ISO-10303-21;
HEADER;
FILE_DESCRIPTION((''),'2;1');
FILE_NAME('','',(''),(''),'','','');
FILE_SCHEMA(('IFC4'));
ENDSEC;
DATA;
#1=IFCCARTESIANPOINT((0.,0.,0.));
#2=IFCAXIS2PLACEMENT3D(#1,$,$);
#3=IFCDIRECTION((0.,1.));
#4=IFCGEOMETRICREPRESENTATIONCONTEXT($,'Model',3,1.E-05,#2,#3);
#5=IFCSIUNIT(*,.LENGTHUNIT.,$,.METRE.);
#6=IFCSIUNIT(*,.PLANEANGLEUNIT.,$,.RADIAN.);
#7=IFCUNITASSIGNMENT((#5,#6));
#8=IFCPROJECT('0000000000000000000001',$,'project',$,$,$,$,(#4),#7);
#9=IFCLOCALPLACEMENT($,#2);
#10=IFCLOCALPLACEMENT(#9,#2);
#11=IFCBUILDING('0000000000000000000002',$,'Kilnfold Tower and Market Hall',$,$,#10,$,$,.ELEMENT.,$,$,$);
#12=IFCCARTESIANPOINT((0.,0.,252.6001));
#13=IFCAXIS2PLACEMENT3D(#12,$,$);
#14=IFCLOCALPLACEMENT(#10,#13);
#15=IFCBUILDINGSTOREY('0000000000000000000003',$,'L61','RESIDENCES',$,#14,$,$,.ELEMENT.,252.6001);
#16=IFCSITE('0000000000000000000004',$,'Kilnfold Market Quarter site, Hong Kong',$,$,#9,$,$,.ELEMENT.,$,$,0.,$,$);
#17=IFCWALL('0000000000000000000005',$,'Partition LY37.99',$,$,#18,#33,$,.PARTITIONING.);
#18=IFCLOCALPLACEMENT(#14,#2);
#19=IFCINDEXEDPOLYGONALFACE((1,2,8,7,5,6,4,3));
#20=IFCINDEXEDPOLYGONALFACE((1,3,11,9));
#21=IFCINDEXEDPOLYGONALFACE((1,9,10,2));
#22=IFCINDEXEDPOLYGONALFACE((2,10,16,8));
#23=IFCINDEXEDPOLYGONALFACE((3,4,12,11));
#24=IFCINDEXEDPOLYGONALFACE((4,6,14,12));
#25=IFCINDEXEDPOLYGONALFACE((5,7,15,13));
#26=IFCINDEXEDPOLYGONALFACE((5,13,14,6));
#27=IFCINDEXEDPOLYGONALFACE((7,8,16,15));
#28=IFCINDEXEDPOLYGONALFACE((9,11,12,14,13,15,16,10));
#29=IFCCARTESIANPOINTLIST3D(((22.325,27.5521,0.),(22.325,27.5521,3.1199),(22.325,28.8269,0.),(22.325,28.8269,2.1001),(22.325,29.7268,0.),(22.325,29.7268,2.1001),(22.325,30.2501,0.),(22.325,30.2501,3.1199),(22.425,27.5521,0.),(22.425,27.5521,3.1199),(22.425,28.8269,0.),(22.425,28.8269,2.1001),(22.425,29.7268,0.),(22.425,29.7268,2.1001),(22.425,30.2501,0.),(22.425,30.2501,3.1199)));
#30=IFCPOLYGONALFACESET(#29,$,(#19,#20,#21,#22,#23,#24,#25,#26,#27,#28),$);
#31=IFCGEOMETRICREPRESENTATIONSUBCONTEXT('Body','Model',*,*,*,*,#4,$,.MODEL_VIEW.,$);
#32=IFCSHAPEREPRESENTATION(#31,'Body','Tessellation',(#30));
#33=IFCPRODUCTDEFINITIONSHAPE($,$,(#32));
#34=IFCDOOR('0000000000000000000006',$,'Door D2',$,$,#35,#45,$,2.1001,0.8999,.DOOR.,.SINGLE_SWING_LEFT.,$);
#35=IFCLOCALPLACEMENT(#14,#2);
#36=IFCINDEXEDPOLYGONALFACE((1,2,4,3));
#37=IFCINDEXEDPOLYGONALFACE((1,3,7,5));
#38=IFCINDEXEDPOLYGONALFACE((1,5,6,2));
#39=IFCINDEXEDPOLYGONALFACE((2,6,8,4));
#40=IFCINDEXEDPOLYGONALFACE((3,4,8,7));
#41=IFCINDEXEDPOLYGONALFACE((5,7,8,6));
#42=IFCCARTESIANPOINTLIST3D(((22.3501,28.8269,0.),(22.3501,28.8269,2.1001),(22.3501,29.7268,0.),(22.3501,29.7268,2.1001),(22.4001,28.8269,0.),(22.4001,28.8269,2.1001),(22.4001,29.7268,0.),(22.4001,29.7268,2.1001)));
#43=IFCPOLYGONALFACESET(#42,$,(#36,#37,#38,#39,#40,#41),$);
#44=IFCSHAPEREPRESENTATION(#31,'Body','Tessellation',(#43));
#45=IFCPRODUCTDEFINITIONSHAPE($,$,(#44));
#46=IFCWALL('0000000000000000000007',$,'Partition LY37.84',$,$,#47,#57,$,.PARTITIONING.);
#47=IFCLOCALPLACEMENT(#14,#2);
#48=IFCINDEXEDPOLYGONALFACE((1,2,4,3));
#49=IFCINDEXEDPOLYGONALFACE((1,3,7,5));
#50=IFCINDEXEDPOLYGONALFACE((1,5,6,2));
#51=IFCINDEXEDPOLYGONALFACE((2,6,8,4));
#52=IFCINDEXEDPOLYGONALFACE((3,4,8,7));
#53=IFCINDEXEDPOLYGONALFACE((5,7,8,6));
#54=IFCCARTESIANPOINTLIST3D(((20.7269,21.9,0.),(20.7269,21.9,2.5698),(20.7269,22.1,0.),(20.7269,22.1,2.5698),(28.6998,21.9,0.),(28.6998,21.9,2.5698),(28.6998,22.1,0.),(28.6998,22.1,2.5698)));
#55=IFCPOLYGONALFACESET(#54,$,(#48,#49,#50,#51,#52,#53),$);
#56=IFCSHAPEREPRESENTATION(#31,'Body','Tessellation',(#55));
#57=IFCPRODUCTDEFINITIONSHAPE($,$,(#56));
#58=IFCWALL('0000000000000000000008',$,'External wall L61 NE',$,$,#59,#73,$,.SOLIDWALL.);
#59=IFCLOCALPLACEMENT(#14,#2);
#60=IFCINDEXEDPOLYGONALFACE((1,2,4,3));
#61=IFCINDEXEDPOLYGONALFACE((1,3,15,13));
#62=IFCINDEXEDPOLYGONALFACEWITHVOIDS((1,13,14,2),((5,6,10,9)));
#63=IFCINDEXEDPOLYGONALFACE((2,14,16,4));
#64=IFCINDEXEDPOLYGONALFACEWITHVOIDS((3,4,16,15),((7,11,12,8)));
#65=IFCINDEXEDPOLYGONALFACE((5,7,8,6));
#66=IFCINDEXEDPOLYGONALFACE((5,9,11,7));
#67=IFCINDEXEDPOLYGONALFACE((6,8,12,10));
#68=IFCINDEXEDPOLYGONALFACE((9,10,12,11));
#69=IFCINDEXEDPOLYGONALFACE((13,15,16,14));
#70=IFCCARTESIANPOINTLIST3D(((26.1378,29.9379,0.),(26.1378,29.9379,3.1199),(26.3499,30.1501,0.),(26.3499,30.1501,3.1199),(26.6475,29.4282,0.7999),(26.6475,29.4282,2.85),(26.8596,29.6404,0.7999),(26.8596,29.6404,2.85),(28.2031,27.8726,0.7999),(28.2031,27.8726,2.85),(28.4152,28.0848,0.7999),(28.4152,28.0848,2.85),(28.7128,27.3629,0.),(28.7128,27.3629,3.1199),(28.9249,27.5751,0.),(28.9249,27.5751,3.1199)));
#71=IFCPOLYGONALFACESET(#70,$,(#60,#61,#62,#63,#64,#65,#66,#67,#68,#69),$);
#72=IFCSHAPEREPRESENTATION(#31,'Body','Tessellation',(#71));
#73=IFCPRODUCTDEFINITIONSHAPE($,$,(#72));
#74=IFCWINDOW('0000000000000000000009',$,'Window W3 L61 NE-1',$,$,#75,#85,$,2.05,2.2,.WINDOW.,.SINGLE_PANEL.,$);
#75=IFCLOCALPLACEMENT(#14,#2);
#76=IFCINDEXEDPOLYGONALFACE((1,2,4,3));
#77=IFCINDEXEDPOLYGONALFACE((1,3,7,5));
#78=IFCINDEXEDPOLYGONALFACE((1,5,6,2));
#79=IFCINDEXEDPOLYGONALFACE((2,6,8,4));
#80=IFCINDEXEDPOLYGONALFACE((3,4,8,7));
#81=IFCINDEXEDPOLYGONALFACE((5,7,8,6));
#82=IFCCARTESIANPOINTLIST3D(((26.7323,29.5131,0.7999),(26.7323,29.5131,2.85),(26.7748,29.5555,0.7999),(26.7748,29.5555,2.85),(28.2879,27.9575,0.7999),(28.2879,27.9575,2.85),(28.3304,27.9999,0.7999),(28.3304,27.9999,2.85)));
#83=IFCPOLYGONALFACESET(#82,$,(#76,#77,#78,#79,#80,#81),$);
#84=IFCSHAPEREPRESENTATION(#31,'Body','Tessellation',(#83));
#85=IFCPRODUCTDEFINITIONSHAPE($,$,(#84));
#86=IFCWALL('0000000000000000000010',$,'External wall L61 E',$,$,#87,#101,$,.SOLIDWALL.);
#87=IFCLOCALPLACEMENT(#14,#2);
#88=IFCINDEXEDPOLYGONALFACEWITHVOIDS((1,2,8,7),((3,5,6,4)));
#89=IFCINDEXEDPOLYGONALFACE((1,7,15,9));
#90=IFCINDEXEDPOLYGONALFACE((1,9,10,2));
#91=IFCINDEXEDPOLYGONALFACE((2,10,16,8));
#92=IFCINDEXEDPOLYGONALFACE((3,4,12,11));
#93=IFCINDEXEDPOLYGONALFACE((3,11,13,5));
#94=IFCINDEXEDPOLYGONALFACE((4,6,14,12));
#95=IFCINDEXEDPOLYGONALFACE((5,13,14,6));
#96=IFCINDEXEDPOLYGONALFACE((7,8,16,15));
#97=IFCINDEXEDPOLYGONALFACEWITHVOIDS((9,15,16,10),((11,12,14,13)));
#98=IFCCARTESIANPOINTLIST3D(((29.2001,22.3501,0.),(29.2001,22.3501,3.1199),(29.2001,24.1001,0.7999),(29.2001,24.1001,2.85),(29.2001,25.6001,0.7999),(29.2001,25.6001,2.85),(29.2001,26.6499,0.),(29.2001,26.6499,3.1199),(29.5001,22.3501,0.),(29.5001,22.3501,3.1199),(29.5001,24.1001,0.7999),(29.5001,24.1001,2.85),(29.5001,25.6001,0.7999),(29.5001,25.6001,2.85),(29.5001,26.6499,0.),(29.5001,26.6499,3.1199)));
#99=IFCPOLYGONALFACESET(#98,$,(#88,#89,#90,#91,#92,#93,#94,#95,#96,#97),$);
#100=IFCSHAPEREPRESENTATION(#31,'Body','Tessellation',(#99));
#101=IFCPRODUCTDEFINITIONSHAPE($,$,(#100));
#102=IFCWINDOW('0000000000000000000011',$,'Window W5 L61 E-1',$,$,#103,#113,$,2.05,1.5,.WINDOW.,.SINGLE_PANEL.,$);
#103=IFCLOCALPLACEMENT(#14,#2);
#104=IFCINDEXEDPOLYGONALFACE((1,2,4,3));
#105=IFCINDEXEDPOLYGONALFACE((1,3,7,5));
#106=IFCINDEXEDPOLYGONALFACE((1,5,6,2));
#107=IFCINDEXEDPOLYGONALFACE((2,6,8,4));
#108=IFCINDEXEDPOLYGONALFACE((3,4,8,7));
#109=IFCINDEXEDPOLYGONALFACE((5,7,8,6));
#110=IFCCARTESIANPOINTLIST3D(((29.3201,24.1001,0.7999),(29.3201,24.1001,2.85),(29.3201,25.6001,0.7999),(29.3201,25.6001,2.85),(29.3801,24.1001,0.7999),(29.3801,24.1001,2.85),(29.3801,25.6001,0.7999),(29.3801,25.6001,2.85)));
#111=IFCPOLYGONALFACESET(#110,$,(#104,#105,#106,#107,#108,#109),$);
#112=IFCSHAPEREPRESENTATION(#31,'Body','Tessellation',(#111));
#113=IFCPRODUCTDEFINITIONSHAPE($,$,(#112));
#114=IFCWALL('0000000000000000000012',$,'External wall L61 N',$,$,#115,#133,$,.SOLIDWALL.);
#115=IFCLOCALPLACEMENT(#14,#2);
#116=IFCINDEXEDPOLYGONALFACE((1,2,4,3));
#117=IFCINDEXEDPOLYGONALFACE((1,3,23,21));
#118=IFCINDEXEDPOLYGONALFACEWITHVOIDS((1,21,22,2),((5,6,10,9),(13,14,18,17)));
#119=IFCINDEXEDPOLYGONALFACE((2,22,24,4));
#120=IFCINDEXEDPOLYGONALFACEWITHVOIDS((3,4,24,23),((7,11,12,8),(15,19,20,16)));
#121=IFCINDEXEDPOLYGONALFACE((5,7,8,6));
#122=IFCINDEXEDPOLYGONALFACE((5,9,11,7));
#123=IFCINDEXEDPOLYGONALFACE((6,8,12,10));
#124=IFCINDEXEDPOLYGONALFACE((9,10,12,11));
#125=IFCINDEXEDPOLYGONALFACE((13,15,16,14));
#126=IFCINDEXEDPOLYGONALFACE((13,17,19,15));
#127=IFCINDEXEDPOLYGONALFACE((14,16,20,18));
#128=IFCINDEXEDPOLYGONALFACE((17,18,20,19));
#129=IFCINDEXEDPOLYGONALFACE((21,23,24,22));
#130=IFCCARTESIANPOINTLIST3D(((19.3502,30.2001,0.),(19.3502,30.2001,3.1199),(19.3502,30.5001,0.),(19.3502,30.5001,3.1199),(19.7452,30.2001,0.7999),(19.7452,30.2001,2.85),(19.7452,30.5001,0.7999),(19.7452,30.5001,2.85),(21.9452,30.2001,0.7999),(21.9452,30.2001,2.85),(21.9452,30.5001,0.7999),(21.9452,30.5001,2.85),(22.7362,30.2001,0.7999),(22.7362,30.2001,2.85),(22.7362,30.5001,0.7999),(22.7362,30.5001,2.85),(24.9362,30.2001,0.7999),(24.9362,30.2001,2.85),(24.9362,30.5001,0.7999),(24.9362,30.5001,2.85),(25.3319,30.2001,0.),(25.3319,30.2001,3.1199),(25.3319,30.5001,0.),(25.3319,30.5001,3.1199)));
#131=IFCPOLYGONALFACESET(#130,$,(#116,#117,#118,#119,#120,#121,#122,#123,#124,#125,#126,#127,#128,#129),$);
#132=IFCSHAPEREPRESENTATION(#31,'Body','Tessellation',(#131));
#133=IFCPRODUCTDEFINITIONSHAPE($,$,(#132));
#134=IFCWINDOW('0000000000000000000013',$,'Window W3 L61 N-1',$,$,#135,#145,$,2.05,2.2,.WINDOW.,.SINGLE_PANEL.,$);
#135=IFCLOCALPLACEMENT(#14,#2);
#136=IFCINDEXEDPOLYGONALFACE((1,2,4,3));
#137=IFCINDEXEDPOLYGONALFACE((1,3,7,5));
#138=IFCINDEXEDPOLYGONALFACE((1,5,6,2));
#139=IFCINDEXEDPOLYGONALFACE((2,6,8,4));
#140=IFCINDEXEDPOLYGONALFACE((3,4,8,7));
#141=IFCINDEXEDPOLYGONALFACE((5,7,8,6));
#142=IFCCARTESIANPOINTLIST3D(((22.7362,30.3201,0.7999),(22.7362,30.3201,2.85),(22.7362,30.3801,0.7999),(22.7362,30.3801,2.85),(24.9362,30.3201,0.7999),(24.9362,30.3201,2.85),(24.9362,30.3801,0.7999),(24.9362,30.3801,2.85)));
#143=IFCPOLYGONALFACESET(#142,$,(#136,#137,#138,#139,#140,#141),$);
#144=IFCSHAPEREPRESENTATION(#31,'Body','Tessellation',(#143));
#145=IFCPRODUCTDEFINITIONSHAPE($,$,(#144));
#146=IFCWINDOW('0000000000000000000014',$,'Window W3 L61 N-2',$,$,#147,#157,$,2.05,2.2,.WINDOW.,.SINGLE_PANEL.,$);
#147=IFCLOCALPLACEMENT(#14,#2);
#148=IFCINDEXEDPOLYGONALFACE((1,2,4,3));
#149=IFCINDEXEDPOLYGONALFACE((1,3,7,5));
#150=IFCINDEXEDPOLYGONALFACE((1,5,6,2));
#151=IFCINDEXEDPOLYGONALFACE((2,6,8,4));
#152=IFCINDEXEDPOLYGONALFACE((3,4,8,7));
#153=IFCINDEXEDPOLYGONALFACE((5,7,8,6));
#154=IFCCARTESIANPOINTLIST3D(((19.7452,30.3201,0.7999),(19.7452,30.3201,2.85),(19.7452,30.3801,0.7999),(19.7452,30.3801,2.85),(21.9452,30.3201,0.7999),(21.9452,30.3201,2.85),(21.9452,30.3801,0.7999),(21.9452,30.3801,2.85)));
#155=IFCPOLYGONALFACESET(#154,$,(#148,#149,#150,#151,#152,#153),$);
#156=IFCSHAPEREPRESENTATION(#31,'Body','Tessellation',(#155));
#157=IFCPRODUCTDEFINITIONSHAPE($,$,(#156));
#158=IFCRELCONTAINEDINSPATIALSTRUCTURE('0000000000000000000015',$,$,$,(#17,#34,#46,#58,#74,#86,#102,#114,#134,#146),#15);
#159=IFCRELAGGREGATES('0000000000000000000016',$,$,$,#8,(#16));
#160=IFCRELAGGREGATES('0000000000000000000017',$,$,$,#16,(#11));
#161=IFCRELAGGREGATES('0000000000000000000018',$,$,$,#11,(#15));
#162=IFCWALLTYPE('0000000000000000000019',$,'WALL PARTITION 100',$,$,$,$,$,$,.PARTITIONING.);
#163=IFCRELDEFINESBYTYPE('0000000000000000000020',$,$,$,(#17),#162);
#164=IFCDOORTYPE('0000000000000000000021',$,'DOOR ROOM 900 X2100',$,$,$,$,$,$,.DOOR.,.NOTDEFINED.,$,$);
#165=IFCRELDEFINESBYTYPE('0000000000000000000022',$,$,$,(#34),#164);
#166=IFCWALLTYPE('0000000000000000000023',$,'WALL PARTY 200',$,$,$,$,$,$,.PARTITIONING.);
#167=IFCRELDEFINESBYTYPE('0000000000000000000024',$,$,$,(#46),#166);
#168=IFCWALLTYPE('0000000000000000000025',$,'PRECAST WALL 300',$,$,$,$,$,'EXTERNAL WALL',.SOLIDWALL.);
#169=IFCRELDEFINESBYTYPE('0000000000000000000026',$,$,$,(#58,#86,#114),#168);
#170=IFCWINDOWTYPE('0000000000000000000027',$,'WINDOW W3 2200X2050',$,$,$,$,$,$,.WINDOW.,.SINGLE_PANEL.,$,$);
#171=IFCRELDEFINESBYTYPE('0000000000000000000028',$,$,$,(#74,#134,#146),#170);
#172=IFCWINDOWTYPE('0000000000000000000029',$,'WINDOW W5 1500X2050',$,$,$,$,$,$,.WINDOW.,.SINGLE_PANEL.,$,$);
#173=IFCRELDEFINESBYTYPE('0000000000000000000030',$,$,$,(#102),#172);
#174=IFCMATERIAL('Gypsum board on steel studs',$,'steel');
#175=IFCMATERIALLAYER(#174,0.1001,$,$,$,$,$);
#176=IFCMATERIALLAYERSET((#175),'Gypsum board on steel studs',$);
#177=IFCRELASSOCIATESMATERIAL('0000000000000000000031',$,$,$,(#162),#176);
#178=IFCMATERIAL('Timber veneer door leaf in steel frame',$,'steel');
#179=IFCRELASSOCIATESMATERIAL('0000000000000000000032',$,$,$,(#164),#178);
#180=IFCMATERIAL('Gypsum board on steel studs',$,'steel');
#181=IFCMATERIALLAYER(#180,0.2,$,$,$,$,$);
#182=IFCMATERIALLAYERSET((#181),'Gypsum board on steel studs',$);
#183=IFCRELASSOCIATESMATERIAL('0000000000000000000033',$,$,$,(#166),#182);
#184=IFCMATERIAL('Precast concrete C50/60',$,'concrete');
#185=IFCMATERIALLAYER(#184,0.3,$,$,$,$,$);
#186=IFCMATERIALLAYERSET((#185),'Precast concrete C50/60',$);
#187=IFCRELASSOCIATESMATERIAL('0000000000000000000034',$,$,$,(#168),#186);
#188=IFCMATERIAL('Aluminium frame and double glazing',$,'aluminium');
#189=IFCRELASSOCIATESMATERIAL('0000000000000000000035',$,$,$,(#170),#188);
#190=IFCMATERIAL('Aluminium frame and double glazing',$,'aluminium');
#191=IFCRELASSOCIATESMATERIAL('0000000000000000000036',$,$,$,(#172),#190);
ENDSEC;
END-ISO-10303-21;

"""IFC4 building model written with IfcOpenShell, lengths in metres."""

from ifc_helpers import new_model, si_unit, direction, frame, frame_2d, origin, place, context, subcontext, project, spatial, rectangle, extrude, source, transform, mapped, material, layer, layer_set, type_object, element, fill, save


model = new_model("IFC4")

# Units and contexts
model_context = context("Model", 3, precision=1e-05, world=origin(), true_north=direction((0.0, 1.0)))
body_context = subcontext(model_context, "Body", "Model", "MODEL_VIEW")
ifc_project = project(units=[si_unit("LENGTHUNIT", "METRE"), si_unit("PLANEANGLEUNIT", "RADIAN")], contexts=[model_context])

# Site, building, storey
site_placement = place(None, origin())
site = spatial("IfcSite", under=ifc_project, at=site_placement, Name="Kilnfold Market Quarter site, Hong Kong", CompositionType="ELEMENT", RefElevation=0.0)
building_placement = place(site_placement, origin())
building = spatial("IfcBuilding", under=site, at=building_placement, Name="Kilnfold Tower and Market Hall", CompositionType="ELEMENT")
storey_placement = place(building_placement, frame((0.0, 0.0, 252.6001)))
storey = spatial("IfcBuildingStorey", under=building, at=storey_placement, Name="L61", Description="RESIDENCES", CompositionType="ELEMENT", Elevation=252.6001)

# Shared definitions
ifc_material_1 = material(Name="Gypsum board on steel studs", Category="steel")
ifc_layer_1 = layer(ifc_material_1, 0.1001)
ifc_layer_set_1 = layer_set([ifc_layer_1], Name="Gypsum board on steel studs")
wall_type_1 = type_object("IfcWallType", Name="WALL PARTITION 100", PredefinedType="PARTITIONING", material=ifc_layer_set_1)

# Wall, opening, door
wall_1_placement = place(storey_placement, frame((22.375, 27.552, 0.0), z_axis=(0.0, 0.0, 1.0), x_axis=(0.0, 1.0, 0.0)))
wall_1 = element("IfcWall", 1, at=wall_1_placement, inside=storey, type_object=wall_type_1, Name="Partition LY37.99", PredefinedType="PARTITIONING", context=body_context, shape_type="SweptSolid", body=[
    extrude(rectangle(XDim=2.698, YDim=0.1001, at=frame_2d((1.3491, 0.0))), origin(), (0.0, 0.0, 1.0), 3.1199),
])
opening_1_placement = place(wall_1_placement, frame((1.2749, 0.0, 0.0)))
opening_1 = element("IfcOpeningElement", 2, at=opening_1_placement, cuts=wall_1, PredefinedType="OPENING", context=body_context, shape_type="SweptSolid", body=[
    extrude(rectangle(XDim=0.8999, YDim=2.1001, at=frame_2d((0.45, 1.05))), frame((0.0, 0.0601, 0.0), z_axis=(0.0, -1.0, 0.0), x_axis=(1.0, 0.0, 0.0)), (0.0, 0.0, 1.0), 0.1201),
])
ifc_material_2 = material(Name="Timber veneer door leaf in steel frame", Category="steel")
door_type = type_object("IfcDoorType", Name="DOOR ROOM 900 X2100", OperationType="NOTDEFINED", PredefinedType="DOOR", material=ifc_material_2)
door_placement = place(opening_1_placement, origin())
door = element("IfcDoor", 3, at=door_placement, inside=storey, type_object=door_type, Name="Door D2", OperationType="SINGLE_SWING_LEFT", OverallHeight=2.1001, OverallWidth=0.8999, PredefinedType="DOOR", context=body_context, shape_type="SweptSolid", body=[
    extrude(rectangle(XDim=0.8999, YDim=2.1001, at=frame_2d((0.45, 1.05))), frame((0.0, 0.0249, 0.0), z_axis=(0.0, -1.0, 0.0), x_axis=(1.0, 0.0, 0.0)), (0.0, 0.0, 1.0), 0.05),
])
fill(opening_1, door)

# Wall
ifc_material_3 = material(Name="Gypsum board on steel studs", Category="steel")
ifc_layer_2 = layer(ifc_material_3, 0.2)
ifc_layer_set_2 = layer_set([ifc_layer_2], Name="Gypsum board on steel studs")
wall_type_2 = type_object("IfcWallType", Name="WALL PARTY 200", PredefinedType="PARTITIONING", material=ifc_layer_set_2)
wall_2_placement = place(storey_placement, frame((20.7271, 22.0, 0.0), z_axis=(0.0, 0.0, 1.0), x_axis=(1.0, 0.0, 0.0)))
element("IfcWall", 4, at=wall_2_placement, inside=storey, type_object=wall_type_2, Name="Partition LY37.84", PredefinedType="PARTITIONING", context=body_context, shape_type="SweptSolid", body=[
    extrude(rectangle(XDim=7.9729, YDim=0.2, at=frame_2d((3.9863, 0.0))), origin(), (0.0, 0.0, 1.0), 2.5698),
])

# Walls, openings, windows
ifc_material_4 = material(Name="Precast concrete C50/60", Category="concrete")
ifc_layer_3 = layer(ifc_material_4, 0.3)
ifc_layer_set_3 = layer_set([ifc_layer_3], Name="Precast concrete C50/60")
wall_type_3 = type_object("IfcWallType", Name="PRECAST WALL 300", ElementType="EXTERNAL WALL", PredefinedType="SOLIDWALL", material=ifc_layer_set_3)
shared_shape_1 = source(origin(), body_context, "Body", "SweptSolid", [
    extrude(rectangle(XDim=3.6416, YDim=0.3, at=frame_2d((1.8208, 0.0))), origin(), (0.0, 0.0, 1.0), 3.1199),
])
wall_3_placement = place(storey_placement, frame((28.8188, 27.469, 0.0), z_axis=(0.0, 0.0, 1.0), x_axis=(-0.707107, 0.707107, 0.0)))
wall_3 = element("IfcWall", 5, at=wall_3_placement, inside=storey, type_object=wall_type_3, Name="External wall L61 NE", PredefinedType="SOLIDWALL", context=body_context, shape_type="MappedRepresentation", body=[
    mapped(shared_shape_1, transform((0.0, 0.0, 0.0))),
])
opening_2_placement = place(wall_3_placement, frame((0.7207, 0.0, 0.8)))
opening_2 = element("IfcOpeningElement", 6, at=opening_2_placement, cuts=wall_3, PredefinedType="OPENING", context=body_context, shape_type="SweptSolid", body=[
    extrude(rectangle(XDim=2.2, YDim=2.05, at=frame_2d((1.1001, 1.0249))), frame((0.0, 0.1602, 0.0), z_axis=(0.0, -1.0, 0.0), x_axis=(1.0, 0.0, 0.0)), (0.0, 0.0, 1.0), 0.3201),
])
ifc_material_5 = material(Name="Aluminium frame and double glazing", Category="aluminium")
window_type_1 = type_object("IfcWindowType", Name="WINDOW W3 2200X2050", PartitioningType="SINGLE_PANEL", PredefinedType="WINDOW", material=ifc_material_5)
window_1_placement = place(opening_2_placement, origin())
window_1 = element("IfcWindow", 7, at=window_1_placement, inside=storey, type_object=window_type_1, Name="Window W3 L61 NE-1", OverallHeight=2.05, OverallWidth=2.2, PartitioningType="SINGLE_PANEL", PredefinedType="WINDOW", context=body_context, shape_type="SweptSolid", body=[
    extrude(rectangle(XDim=2.2, YDim=2.05, at=frame_2d((1.1001, 1.0249))), frame((0.0, 0.03, 0.0), z_axis=(0.0, -1.0, 0.0), x_axis=(1.0, 0.0, 0.0)), (0.0, 0.0, 1.0), 0.0601),
])
fill(opening_2, window_1)
shared_shape_2 = source(origin(), body_context, "Body", "SweptSolid", [
    extrude(rectangle(XDim=4.2998, YDim=0.3, at=frame_2d((2.1499, 0.0))), origin(), (0.0, 0.0, 1.0), 3.1199),
])
wall_4_placement = place(storey_placement, frame((29.3501, 22.3501, 0.0), z_axis=(0.0, 0.0, 1.0), x_axis=(0.0, 1.0, 0.0)))
wall_4 = element("IfcWall", 8, at=wall_4_placement, inside=storey, type_object=wall_type_3, Name="External wall L61 E", PredefinedType="SOLIDWALL", context=body_context, shape_type="MappedRepresentation", body=[
    mapped(shared_shape_2, transform((0.0, 0.0, 0.0))),
])
opening_3_placement = place(wall_4_placement, frame((1.75, 0.0, 0.8)))
opening_3 = element("IfcOpeningElement", 9, at=opening_3_placement, cuts=wall_4, PredefinedType="OPENING", context=body_context, shape_type="SweptSolid", body=[
    extrude(rectangle(XDim=1.5, YDim=2.05, at=frame_2d((0.75, 1.0249))), frame((0.0, 0.1602, 0.0), z_axis=(0.0, -1.0, 0.0), x_axis=(1.0, 0.0, 0.0)), (0.0, 0.0, 1.0), 0.3201),
])
ifc_material_6 = material(Name="Aluminium frame and double glazing", Category="aluminium")
window_type_2 = type_object("IfcWindowType", Name="WINDOW W5 1500X2050", PartitioningType="SINGLE_PANEL", PredefinedType="WINDOW", material=ifc_material_6)
window_2_placement = place(opening_3_placement, origin())
window_2 = element("IfcWindow", 10, at=window_2_placement, inside=storey, type_object=window_type_2, Name="Window W5 L61 E-1", OverallHeight=2.05, OverallWidth=1.5, PartitioningType="SINGLE_PANEL", PredefinedType="WINDOW", context=body_context, shape_type="SweptSolid", body=[
    extrude(rectangle(XDim=1.5, YDim=2.05, at=frame_2d((0.75, 1.0249))), frame((0.0, 0.03, 0.0), z_axis=(0.0, -1.0, 0.0), x_axis=(1.0, 0.0, 0.0)), (0.0, 0.0, 1.0), 0.0601),
])
fill(opening_3, window_2)

# Wall, openings, windows
shared_shape_3 = source(origin(), body_context, "Body", "SweptSolid", [
    extrude(rectangle(XDim=5.9817, YDim=0.3, at=frame_2d((2.9907, 0.0))), origin(), (0.0, 0.0, 1.0), 3.1199),
])
wall_5_placement = place(storey_placement, frame((25.3318, 30.3501, 0.0), z_axis=(0.0, 0.0, 1.0), x_axis=(-1.0, 0.0, 0.0)))
wall_5 = element("IfcWall", 11, at=wall_5_placement, inside=storey, type_object=wall_type_3, Name="External wall L61 N", PredefinedType="SOLIDWALL", context=body_context, shape_type="MappedRepresentation", body=[
    mapped(shared_shape_3, transform((0.0, 0.0, 0.0))),
])
opening_4_placement = place(wall_5_placement, frame((0.3955, 0.0, 0.8)))
opening_4 = element("IfcOpeningElement", 12, at=opening_4_placement, cuts=wall_5, PredefinedType="OPENING", context=body_context, shape_type="SweptSolid", body=[
    extrude(rectangle(XDim=2.2, YDim=2.05, at=frame_2d((1.1001, 1.0249))), frame((0.0, 0.1602, 0.0), z_axis=(0.0, -1.0, 0.0), x_axis=(1.0, 0.0, 0.0)), (0.0, 0.0, 1.0), 0.3201),
])
opening_5_placement = place(wall_5_placement, frame((3.3865, 0.0, 0.8)))
opening_5 = element("IfcOpeningElement", 13, at=opening_5_placement, cuts=wall_5, PredefinedType="OPENING", context=body_context, shape_type="SweptSolid", body=[
    extrude(rectangle(XDim=2.2, YDim=2.05, at=frame_2d((1.1001, 1.0249))), frame((0.0, 0.1602, 0.0), z_axis=(0.0, -1.0, 0.0), x_axis=(1.0, 0.0, 0.0)), (0.0, 0.0, 1.0), 0.3201),
])
window_3_placement = place(opening_4_placement, origin())
window_3 = element("IfcWindow", 14, at=window_3_placement, inside=storey, type_object=window_type_1, Name="Window W3 L61 N-1", OverallHeight=2.05, OverallWidth=2.2, PartitioningType="SINGLE_PANEL", PredefinedType="WINDOW", context=body_context, shape_type="SweptSolid", body=[
    extrude(rectangle(XDim=2.2, YDim=2.05, at=frame_2d((1.1001, 1.0249))), frame((0.0, 0.03, 0.0), z_axis=(0.0, -1.0, 0.0), x_axis=(1.0, 0.0, 0.0)), (0.0, 0.0, 1.0), 0.0601),
])
fill(opening_4, window_3)
window_4_placement = place(opening_5_placement, origin())
window_4 = element("IfcWindow", 15, at=window_4_placement, inside=storey, type_object=window_type_1, Name="Window W3 L61 N-2", OverallHeight=2.05, OverallWidth=2.2, PartitioningType="SINGLE_PANEL", PredefinedType="WINDOW", context=body_context, shape_type="SweptSolid", body=[
    extrude(rectangle(XDim=2.2, YDim=2.05, at=frame_2d((1.1001, 1.0249))), frame((0.0, 0.03, 0.0), z_axis=(0.0, -1.0, 0.0), x_axis=(1.0, 0.0, 0.0)), (0.0, 0.0, 1.0), 0.0601),
])
fill(opening_5, window_4)

save(model, "model.ifc")
